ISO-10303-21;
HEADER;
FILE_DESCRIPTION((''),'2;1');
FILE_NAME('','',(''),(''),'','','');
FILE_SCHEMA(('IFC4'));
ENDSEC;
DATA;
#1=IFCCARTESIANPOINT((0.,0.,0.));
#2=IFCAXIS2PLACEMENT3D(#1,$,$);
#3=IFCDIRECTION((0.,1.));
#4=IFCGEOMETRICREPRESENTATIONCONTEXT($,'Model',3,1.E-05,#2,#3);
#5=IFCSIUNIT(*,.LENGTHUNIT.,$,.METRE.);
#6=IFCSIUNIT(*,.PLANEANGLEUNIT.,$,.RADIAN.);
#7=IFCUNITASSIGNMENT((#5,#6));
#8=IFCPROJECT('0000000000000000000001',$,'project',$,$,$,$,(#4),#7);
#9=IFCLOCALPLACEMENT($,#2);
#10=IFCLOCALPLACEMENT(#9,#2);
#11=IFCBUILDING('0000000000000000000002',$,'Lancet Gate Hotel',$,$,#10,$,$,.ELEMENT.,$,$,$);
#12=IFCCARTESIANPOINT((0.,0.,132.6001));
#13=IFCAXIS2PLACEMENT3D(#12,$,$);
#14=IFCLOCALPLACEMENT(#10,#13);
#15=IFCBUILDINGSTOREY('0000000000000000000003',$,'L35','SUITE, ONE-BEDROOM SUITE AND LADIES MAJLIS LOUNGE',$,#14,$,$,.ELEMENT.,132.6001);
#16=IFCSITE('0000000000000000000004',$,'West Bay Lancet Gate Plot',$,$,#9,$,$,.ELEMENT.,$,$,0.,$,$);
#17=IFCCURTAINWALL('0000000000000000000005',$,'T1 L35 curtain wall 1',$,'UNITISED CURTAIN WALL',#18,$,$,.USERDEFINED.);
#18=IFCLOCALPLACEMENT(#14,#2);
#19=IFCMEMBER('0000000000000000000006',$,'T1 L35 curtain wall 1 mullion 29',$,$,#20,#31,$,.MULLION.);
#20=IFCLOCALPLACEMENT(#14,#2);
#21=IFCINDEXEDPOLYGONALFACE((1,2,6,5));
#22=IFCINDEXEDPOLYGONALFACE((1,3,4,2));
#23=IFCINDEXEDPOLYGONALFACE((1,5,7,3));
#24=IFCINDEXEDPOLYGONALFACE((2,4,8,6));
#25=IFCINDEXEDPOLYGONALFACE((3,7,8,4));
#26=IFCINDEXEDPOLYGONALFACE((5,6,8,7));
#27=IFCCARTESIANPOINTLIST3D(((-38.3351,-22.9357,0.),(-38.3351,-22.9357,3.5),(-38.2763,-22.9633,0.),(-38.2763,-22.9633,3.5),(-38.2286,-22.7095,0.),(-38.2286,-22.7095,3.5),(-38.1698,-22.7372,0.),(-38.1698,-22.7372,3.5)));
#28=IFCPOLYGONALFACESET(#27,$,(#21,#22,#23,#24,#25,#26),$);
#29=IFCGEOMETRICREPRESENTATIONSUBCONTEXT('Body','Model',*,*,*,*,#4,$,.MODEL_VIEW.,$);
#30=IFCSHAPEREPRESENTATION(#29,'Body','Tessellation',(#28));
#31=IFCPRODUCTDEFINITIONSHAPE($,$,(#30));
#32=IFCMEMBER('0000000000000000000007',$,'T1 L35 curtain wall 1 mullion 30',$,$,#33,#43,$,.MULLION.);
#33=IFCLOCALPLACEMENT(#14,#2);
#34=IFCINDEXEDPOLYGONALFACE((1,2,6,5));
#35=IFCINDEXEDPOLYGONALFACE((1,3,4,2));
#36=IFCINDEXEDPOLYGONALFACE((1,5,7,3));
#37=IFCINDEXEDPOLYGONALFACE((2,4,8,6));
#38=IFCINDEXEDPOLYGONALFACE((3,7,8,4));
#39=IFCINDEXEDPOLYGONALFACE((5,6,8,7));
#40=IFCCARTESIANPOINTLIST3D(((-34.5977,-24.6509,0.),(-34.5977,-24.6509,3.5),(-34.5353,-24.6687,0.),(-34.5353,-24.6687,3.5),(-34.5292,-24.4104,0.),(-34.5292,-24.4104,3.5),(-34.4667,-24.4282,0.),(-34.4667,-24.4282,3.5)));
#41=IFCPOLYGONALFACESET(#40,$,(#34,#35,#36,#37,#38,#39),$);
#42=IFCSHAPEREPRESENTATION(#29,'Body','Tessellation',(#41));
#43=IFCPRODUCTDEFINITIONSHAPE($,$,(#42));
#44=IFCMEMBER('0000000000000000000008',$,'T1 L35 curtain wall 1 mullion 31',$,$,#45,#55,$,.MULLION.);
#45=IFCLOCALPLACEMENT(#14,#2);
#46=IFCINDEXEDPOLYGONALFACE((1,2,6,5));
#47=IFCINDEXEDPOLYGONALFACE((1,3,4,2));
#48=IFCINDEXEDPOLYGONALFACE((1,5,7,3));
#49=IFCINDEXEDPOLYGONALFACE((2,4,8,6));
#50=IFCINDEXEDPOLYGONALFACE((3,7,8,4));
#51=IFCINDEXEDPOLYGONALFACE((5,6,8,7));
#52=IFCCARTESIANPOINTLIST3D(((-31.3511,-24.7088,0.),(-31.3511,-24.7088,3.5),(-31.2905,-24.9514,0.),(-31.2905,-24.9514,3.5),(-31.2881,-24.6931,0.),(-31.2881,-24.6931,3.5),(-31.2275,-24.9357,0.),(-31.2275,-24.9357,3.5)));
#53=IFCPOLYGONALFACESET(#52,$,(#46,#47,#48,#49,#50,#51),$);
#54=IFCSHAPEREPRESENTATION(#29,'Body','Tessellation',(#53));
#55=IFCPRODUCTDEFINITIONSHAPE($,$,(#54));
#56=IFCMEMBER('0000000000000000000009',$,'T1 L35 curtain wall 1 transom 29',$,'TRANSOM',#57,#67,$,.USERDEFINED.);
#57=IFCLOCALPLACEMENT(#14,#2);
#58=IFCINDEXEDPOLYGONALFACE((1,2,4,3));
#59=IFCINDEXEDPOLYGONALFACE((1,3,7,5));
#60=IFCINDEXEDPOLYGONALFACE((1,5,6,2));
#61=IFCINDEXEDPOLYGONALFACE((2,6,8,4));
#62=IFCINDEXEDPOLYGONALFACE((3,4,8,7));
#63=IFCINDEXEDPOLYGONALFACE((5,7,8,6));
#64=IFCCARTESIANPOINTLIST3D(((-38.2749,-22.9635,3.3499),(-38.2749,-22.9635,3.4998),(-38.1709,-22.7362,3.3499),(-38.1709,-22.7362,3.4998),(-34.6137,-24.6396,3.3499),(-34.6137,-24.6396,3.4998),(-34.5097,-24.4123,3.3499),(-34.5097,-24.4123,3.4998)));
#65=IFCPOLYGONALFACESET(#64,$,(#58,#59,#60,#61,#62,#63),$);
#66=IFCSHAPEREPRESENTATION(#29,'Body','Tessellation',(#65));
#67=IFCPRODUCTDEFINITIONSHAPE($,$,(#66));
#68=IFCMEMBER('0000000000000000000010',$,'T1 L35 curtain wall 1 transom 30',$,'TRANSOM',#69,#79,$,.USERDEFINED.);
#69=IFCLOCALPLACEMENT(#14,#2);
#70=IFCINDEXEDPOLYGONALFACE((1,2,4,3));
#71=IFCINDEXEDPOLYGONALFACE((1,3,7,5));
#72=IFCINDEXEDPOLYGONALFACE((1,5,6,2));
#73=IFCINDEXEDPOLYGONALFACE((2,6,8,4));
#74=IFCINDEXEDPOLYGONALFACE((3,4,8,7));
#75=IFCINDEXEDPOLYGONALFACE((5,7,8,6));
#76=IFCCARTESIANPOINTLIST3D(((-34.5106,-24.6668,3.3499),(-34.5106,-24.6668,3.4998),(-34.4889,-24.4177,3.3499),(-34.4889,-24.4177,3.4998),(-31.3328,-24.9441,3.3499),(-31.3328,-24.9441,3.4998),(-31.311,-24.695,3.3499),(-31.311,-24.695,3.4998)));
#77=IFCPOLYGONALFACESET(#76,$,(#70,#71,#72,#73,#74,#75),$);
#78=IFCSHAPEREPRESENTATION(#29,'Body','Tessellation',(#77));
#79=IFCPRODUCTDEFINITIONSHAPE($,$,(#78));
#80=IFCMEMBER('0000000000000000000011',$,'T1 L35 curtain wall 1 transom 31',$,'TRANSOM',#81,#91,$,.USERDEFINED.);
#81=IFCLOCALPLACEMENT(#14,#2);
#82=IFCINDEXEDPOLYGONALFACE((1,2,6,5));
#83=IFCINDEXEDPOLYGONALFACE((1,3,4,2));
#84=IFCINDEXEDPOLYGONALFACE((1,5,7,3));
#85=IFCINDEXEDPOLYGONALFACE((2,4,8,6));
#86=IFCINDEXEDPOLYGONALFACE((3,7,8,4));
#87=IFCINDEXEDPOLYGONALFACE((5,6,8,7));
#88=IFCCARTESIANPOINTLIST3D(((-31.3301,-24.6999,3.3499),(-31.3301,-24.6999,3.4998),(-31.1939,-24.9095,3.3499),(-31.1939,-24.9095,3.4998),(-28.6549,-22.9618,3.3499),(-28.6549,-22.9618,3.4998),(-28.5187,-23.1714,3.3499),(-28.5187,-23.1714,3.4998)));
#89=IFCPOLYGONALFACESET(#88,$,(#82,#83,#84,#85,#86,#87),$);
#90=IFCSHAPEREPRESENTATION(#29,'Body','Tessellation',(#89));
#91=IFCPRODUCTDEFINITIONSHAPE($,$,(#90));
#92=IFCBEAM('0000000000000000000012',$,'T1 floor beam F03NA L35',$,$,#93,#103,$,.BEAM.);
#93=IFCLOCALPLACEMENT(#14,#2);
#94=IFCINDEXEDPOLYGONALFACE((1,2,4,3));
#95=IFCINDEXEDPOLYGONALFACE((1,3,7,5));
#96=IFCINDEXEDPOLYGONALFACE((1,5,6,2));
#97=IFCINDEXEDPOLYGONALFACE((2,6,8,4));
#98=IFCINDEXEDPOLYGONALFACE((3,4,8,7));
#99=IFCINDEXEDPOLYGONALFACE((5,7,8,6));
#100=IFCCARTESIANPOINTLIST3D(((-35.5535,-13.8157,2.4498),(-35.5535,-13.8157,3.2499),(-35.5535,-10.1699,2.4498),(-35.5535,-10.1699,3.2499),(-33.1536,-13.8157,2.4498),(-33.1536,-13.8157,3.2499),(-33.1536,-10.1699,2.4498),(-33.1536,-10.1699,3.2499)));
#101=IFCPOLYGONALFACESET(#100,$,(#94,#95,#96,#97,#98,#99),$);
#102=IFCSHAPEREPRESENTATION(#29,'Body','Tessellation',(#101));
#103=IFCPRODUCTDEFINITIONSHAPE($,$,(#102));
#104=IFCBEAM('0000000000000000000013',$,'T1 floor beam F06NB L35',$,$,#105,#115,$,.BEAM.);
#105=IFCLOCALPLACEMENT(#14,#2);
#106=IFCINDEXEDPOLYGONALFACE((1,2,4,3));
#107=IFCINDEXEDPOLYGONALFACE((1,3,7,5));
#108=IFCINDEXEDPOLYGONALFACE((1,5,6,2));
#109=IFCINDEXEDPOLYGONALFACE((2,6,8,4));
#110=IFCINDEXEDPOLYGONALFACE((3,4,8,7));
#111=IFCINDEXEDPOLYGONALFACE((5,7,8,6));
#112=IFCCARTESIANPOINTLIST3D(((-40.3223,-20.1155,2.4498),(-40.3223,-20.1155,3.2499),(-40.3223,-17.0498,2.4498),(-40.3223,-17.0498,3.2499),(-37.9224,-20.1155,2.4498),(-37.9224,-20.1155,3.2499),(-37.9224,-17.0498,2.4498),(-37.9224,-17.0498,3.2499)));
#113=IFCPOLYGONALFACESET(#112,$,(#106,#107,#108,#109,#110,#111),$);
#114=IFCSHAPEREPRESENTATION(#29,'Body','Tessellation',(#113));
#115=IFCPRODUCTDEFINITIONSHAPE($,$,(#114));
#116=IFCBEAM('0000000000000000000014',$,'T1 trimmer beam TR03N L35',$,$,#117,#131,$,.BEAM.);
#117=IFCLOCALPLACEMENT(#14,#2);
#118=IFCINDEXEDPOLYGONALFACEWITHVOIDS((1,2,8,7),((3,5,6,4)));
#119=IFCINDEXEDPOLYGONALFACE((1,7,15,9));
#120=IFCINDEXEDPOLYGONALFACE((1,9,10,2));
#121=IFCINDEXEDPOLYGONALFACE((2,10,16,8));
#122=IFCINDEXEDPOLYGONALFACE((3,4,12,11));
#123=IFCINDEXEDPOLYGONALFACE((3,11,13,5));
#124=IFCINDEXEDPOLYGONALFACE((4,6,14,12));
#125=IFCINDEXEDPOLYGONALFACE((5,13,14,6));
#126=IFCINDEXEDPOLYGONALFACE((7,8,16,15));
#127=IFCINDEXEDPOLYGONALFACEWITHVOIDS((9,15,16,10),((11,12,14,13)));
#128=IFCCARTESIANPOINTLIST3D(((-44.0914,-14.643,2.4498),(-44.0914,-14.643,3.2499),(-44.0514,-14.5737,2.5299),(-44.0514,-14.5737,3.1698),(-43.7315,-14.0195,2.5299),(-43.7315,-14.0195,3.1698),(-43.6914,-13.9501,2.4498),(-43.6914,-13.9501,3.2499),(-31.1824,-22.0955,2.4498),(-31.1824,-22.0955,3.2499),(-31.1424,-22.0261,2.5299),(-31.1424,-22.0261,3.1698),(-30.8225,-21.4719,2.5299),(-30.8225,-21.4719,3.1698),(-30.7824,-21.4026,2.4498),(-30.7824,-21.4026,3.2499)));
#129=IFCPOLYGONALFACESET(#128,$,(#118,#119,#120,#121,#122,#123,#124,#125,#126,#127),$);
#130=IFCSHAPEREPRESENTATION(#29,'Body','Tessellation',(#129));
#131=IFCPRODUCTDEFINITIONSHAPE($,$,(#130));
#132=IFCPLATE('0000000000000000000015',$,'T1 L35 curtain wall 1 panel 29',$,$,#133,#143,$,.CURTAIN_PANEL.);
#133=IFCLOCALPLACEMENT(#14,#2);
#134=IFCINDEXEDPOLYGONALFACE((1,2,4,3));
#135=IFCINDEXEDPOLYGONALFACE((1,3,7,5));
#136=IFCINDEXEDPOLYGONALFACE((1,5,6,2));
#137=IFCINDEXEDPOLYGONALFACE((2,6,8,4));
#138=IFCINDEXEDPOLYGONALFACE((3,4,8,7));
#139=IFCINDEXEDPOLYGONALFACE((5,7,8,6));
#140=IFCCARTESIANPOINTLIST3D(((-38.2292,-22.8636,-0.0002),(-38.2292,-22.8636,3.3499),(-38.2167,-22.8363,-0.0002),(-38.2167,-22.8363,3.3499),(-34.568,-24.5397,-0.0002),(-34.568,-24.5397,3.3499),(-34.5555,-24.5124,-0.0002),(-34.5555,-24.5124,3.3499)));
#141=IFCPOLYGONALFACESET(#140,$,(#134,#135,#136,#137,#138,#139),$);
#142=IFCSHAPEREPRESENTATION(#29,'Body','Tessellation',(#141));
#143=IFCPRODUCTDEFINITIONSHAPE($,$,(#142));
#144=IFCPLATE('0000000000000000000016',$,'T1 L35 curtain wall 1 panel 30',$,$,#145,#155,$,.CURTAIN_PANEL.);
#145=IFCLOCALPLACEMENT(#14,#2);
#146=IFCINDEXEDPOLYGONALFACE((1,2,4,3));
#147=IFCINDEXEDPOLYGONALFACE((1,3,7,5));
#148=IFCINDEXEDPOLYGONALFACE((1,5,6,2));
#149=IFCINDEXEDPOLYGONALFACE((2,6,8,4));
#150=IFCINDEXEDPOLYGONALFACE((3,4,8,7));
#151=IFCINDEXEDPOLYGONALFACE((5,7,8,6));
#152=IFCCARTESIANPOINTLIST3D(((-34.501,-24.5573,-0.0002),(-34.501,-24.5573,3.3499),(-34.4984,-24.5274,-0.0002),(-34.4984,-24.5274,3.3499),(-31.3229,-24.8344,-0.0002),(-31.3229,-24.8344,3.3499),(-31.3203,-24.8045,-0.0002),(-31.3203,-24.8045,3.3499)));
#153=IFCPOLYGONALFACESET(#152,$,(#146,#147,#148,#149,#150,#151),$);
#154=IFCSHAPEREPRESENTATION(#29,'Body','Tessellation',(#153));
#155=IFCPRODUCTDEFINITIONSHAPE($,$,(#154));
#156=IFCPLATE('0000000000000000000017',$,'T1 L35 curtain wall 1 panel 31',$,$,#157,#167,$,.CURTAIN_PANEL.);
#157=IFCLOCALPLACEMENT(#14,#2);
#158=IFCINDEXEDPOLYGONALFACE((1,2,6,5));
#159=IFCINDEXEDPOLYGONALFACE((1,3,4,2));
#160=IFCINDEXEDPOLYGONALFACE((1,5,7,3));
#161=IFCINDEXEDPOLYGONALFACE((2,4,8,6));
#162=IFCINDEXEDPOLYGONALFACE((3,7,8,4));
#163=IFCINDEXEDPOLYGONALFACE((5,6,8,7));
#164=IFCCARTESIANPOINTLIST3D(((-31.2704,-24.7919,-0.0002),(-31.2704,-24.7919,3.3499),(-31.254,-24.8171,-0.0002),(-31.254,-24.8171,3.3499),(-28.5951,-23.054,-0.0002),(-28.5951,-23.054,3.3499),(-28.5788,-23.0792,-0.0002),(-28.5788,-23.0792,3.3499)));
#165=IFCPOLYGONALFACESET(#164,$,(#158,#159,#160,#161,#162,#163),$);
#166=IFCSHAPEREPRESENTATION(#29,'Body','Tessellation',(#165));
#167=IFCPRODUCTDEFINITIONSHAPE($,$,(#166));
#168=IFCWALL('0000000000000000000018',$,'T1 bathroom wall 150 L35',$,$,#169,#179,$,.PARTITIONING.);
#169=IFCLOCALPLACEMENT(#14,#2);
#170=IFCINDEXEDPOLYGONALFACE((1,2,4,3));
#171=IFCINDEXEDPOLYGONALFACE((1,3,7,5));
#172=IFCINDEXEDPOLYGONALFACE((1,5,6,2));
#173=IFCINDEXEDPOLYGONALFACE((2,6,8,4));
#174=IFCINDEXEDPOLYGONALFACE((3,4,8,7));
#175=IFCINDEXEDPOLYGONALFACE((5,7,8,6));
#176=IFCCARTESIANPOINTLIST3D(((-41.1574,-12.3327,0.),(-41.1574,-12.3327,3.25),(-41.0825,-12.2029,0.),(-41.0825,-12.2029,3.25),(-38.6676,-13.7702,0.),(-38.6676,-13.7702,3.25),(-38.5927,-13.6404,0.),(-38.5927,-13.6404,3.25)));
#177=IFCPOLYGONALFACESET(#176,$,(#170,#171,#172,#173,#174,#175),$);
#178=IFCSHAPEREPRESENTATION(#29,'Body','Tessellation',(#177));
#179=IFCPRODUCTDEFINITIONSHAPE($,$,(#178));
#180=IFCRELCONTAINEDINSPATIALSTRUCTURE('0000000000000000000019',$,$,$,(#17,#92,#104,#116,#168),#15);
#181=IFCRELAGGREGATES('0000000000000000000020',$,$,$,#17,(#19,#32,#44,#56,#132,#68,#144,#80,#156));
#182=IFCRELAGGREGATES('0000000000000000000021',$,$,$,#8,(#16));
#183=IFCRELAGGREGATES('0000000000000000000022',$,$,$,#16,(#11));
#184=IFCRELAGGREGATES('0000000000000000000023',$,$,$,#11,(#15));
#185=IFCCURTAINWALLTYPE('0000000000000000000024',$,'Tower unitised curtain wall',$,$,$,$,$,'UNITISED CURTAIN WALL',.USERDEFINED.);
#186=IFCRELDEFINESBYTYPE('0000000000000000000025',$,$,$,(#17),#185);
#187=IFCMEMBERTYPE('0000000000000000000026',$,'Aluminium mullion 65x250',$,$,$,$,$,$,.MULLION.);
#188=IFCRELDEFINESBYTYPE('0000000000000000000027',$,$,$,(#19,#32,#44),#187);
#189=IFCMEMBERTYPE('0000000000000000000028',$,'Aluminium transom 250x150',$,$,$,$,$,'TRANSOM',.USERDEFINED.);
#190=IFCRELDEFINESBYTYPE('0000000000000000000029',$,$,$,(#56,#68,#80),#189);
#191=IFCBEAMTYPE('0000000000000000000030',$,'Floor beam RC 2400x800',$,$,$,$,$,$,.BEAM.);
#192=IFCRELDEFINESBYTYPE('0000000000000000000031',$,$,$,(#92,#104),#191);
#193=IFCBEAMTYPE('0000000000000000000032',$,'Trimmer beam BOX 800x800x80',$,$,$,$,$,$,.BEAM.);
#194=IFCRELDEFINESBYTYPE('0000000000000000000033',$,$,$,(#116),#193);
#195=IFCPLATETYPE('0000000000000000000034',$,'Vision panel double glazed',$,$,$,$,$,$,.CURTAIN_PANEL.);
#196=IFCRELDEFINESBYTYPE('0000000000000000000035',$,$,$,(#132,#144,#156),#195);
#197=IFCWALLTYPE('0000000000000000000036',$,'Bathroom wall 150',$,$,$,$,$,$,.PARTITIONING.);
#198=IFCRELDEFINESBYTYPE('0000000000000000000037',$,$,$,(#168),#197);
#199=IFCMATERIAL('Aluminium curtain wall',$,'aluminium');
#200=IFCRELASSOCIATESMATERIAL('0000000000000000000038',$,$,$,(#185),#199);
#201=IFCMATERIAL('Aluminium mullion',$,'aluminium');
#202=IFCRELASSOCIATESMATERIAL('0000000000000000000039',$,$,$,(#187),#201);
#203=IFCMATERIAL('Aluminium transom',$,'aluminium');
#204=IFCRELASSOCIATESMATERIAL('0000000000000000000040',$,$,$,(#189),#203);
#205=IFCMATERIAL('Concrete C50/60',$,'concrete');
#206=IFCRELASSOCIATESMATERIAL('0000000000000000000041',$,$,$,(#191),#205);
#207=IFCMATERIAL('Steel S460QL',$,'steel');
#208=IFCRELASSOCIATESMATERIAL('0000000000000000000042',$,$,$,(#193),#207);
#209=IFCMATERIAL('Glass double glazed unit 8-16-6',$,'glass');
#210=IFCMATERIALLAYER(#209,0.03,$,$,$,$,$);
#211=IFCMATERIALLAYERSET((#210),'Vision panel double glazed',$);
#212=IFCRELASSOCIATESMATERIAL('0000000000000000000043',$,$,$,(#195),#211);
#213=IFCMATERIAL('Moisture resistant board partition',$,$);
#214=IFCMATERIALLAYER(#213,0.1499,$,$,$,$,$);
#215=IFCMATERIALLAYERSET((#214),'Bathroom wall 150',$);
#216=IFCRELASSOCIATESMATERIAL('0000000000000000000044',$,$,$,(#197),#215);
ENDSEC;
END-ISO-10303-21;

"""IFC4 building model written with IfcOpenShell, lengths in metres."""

from ifc_helpers import new_model, si_unit, direction, frame, frame_2d, origin, origin_2d, place, context, subcontext, project, spatial, rectangle, hollow_rectangle, extrude, material, layer, layer_set, material_profile, profile_set, type_object, element, aggregate, save


model = new_model("IFC4")

# Units and contexts
model_context = context("Model", 3, precision=1e-05, world=origin(), true_north=direction((0.0, 1.0)))
body_context = subcontext(model_context, "Body", "Model", "MODEL_VIEW")
ifc_project = project(units=[si_unit("LENGTHUNIT", "METRE"), si_unit("PLANEANGLEUNIT", "RADIAN")], contexts=[model_context])

# Site, building, storey
site_placement = place(None, origin())
site = spatial("IfcSite", under=ifc_project, at=site_placement, Name="West Bay Lancet Gate Plot", CompositionType="ELEMENT", RefElevation=0.0)
building_placement = place(site_placement, origin())
building = spatial("IfcBuilding", under=site, at=building_placement, Name="Lancet Gate Hotel", CompositionType="ELEMENT")
storey_placement = place(building_placement, frame((0.0, 0.0, 132.6001)))
storey = spatial("IfcBuildingStorey", under=building, at=storey_placement, Name="L35", Description="SUITE, ONE-BEDROOM SUITE AND LADIES MAJLIS LOUNGE", CompositionType="ELEMENT", Elevation=132.6001)

# Curtain wall, members
ifc_material_1 = material(Name="Aluminium curtain wall", Category="aluminium")
curtain_wall_type = type_object("IfcCurtainWallType", Name="Tower unitised curtain wall", ElementType="UNITISED CURTAIN WALL", PredefinedType="USERDEFINED", material=ifc_material_1)
curtain_wall_placement = place(storey_placement, origin())
curtain_wall = element("IfcCurtainWall", 1, at=curtain_wall_placement, inside=storey, type_object=curtain_wall_type, Name="T1 L35 curtain wall 1", ObjectType="UNITISED CURTAIN WALL", PredefinedType="USERDEFINED")
ifc_material_2 = material(Name="Aluminium mullion", Category="aluminium")
ifc_material_profile_1 = material_profile(ifc_material_2, rectangle(XDim=0.0649, YDim=0.25, at=origin_2d()), Name="MULLION 65x250")
ifc_profile_set_1 = profile_set([ifc_material_profile_1], Name="Aluminium mullion")
member_type_1 = type_object("IfcMemberType", Name="Aluminium mullion 65x250", PredefinedType="MULLION", material=ifc_profile_set_1)
member_1_placement = place(storey_placement, frame((-38.2524, -22.8364, 0.0), z_axis=(0.0, 0.0, 1.0), x_axis=(0.90472, -0.426008, 0.0)))
member_1 = element("IfcMember", 2, at=member_1_placement, type_object=member_type_1, Name="T1 L35 curtain wall 1 mullion 29", PredefinedType="MULLION", context=body_context, shape_type="SweptSolid", body=[
    extrude(rectangle(XDim=0.0649, YDim=0.25, at=origin_2d()), origin(), (0.0, 0.0, 1.0), 3.5),
])
member_2_placement = place(storey_placement, frame((-34.5322, -24.5396, 0.0), z_axis=(0.0, 0.0, 1.0), x_axis=(0.961653, -0.274268, 0.0)))
member_2 = element("IfcMember", 3, at=member_2_placement, type_object=member_type_1, Name="T1 L35 curtain wall 1 mullion 30", PredefinedType="MULLION", context=body_context, shape_type="SweptSolid", body=[
    extrude(rectangle(XDim=0.0649, YDim=0.25, at=origin_2d()), origin(), (0.0, 0.0, 1.0), 3.5),
])
member_3_placement = place(storey_placement, frame((-31.2893, -24.8223, 0.0), z_axis=(0.0, 0.0, 1.0), x_axis=(0.970242, 0.242137, 0.0)))
member_3 = element("IfcMember", 4, at=member_3_placement, type_object=member_type_1, Name="T1 L35 curtain wall 1 mullion 31", PredefinedType="MULLION", context=body_context, shape_type="SweptSolid", body=[
    extrude(rectangle(XDim=0.0649, YDim=0.25, at=origin_2d()), origin(), (0.0, 0.0, 1.0), 3.5),
])
ifc_material_3 = material(Name="Aluminium transom", Category="aluminium")
ifc_material_profile_2 = material_profile(ifc_material_3, rectangle(XDim=0.25, YDim=0.1499, at=origin_2d()), Name="TRANSOM 250x150")
ifc_profile_set_2 = profile_set([ifc_material_profile_2], Name="Aluminium transom")
member_type_2 = type_object("IfcMemberType", Name="Aluminium transom 250x150", ElementType="TRANSOM", PredefinedType="USERDEFINED", material=ifc_profile_set_2)
member_4_placement = place(storey_placement, frame((-38.2229, -22.8499, 3.4248), z_axis=(0.909252, -0.416245, 0.0), x_axis=(0.416245, 0.909252, 0.0)))
member_4 = element("IfcMember", 5, at=member_4_placement, type_object=member_type_2, Name="T1 L35 curtain wall 1 transom 29", ObjectType="TRANSOM", PredefinedType="USERDEFINED", context=body_context, shape_type="SweptSolid", body=[
    extrude(rectangle(XDim=0.25, YDim=0.1499, at=origin_2d()), origin(), (0.0, 0.0, 1.0), 4.0266),
])
member_5_placement = place(storey_placement, frame((-34.4998, -24.5422, 3.4248), z_axis=(0.996214, -0.08694, 0.0), x_axis=(0.08694, 0.996214, 0.0)))
member_5 = element("IfcMember", 6, at=member_5_placement, type_object=member_type_2, Name="T1 L35 curtain wall 1 transom 30", ObjectType="TRANSOM", PredefinedType="USERDEFINED", context=body_context, shape_type="SweptSolid", body=[
    extrude(rectangle(XDim=0.25, YDim=0.1499, at=origin_2d()), origin(), (0.0, 0.0, 1.0), 3.1899),
])
member_6_placement = place(storey_placement, frame((-31.262, -24.8047, 3.4248), z_axis=(0.83855, 0.544824, 0.0), x_axis=(-0.544824, 0.83855, 0.0)))
member_6 = element("IfcMember", 7, at=member_6_placement, type_object=member_type_2, Name="T1 L35 curtain wall 1 transom 31", ObjectType="TRANSOM", PredefinedType="USERDEFINED", context=body_context, shape_type="SweptSolid", body=[
    extrude(rectangle(XDim=0.25, YDim=0.1499, at=origin_2d()), origin(), (0.0, 0.0, 1.0), 3.1902),
])

# Beams
ifc_material_4 = material(Name="Concrete C50/60", Category="concrete")
ifc_material_profile_3 = material_profile(ifc_material_4, rectangle(XDim=2.3999, YDim=0.8, at=origin_2d()), Name="RC 2400x800")
ifc_profile_set_3 = profile_set([ifc_material_profile_3], Name="Concrete C50/60")
beam_type_1 = type_object("IfcBeamType", Name="Floor beam RC 2400x800", PredefinedType="BEAM", material=ifc_profile_set_3)
beam_1_placement = place(storey_placement, frame((-34.3535, -10.1699, 2.8499), z_axis=(0.0, -1.0, 0.0), x_axis=(1.0, 0.0, 0.0)))
element("IfcBeam", 8, at=beam_1_placement, inside=storey, type_object=beam_type_1, Name="T1 floor beam F03NA L35", PredefinedType="BEAM", context=body_context, shape_type="SweptSolid", body=[
    extrude(rectangle(XDim=2.3999, YDim=0.8, at=origin_2d()), origin(), (0.0, 0.0, 1.0), 3.6458),
])
beam_2_placement = place(storey_placement, frame((-39.1223, -17.0498, 2.8499), z_axis=(0.0, -1.0, 0.0), x_axis=(1.0, 0.0, 0.0)))
element("IfcBeam", 9, at=beam_2_placement, inside=storey, type_object=beam_type_1, Name="T1 floor beam F06NB L35", PredefinedType="BEAM", context=body_context, shape_type="SweptSolid", body=[
    extrude(rectangle(XDim=2.3999, YDim=0.8, at=origin_2d()), origin(), (0.0, 0.0, 1.0), 3.0657),
])
ifc_material_5 = material(Name="Steel S460QL", Category="steel")
ifc_material_profile_4 = material_profile(ifc_material_5, hollow_rectangle(XDim=0.8, YDim=0.8, WallThickness=0.0801, at=origin_2d()), Name="BOX 800x800x80")
ifc_profile_set_4 = profile_set([ifc_material_profile_4], Name="Steel S460QL")
beam_type_2 = type_object("IfcBeamType", Name="Trimmer beam BOX 800x800x80", PredefinedType="BEAM", material=ifc_profile_set_4)
beam_3_placement = place(storey_placement, frame((-30.9824, -21.749, 2.8499), z_axis=(-0.866042, 0.499971, 0.0), x_axis=(-0.499971, -0.866042, 0.0)))
element("IfcBeam", 10, at=beam_3_placement, inside=storey, type_object=beam_type_2, Name="T1 trimmer beam TR03N L35", PredefinedType="BEAM", context=body_context, shape_type="SweptSolid", body=[
    extrude(hollow_rectangle(XDim=0.8, YDim=0.8, WallThickness=0.0801, at=origin_2d()), origin(), (0.0, 0.0, 1.0), 14.9058),
])

# Plates
ifc_material_6 = material(Name="Glass double glazed unit 8-16-6", Category="glass")
ifc_layer_1 = layer(ifc_material_6, 0.03)
ifc_layer_set_1 = layer_set([ifc_layer_1], Name="Vision panel double glazed")
plate_type = type_object("IfcPlateType", Name="Vision panel double glazed", PredefinedType="CURTAIN_PANEL", material=ifc_layer_set_1)
plate_1_placement = place(storey_placement, frame((-36.3923, -23.688, -0.0002), z_axis=(0.0, 0.0, 1.0), x_axis=(0.909253, -0.416245, 0.0)))
plate_1 = element("IfcPlate", 11, at=plate_1_placement, type_object=plate_type, Name="T1 L35 curtain wall 1 panel 29", PredefinedType="CURTAIN_PANEL", context=body_context, shape_type="SweptSolid", body=[
    extrude(rectangle(XDim=4.0266, YDim=0.03, at=origin_2d()), origin(), (0.0, 0.0, 1.0), 3.3501),
])
plate_2_placement = place(storey_placement, frame((-32.9106, -24.6809, -0.0002), z_axis=(0.0, 0.0, 1.0), x_axis=(0.996219, -0.08688, 0.0)))
plate_2 = element("IfcPlate", 12, at=plate_2_placement, type_object=plate_type, Name="T1 L35 curtain wall 1 panel 30", PredefinedType="CURTAIN_PANEL", context=body_context, shape_type="SweptSolid", body=[
    extrude(rectangle(XDim=3.1902, YDim=0.03, at=origin_2d()), origin(), (0.0, 0.0, 1.0), 3.3501),
])
plate_3_placement = place(storey_placement, frame((-29.9246, -23.9355, -0.0002), z_axis=(0.0, 0.0, 1.0), x_axis=(0.83858, 0.544778, 0.0)))
plate_3 = element("IfcPlate", 13, at=plate_3_placement, type_object=plate_type, Name="T1 L35 curtain wall 1 panel 31", PredefinedType="CURTAIN_PANEL", context=body_context, shape_type="SweptSolid", body=[
    extrude(rectangle(XDim=3.1902, YDim=0.03, at=origin_2d()), origin(), (0.0, 0.0, 1.0), 3.3501),
])
aggregate(curtain_wall, [member_1, member_2, member_3, member_4, plate_1, member_5, plate_2, member_6, plate_3])

# Wall
ifc_material_7 = material(Name="Moisture resistant board partition")
ifc_layer_2 = layer(ifc_material_7, 0.1499)
ifc_layer_set_2 = layer_set([ifc_layer_2], Name="Bathroom wall 150")
wall_type_1 = type_object("IfcWallType", Name="Bathroom wall 150", PredefinedType="PARTITIONING", material=ifc_layer_set_2)
wall_1_placement = place(storey_placement, frame((-38.6301, -13.7053, 0.0), z_axis=(0.0, 0.0, 1.0), x_axis=(-0.866019, 0.500012, 0.0)))
element("IfcWall", 14, at=wall_1_placement, inside=storey, type_object=wall_type_1, Name="T1 bathroom wall 150 L35", PredefinedType="PARTITIONING", context=body_context, shape_type="SweptSolid", body=[
    extrude(rectangle(XDim=2.875, YDim=0.1499, at=frame_2d((1.4375, 0.0))), origin(), (0.0, 0.0, 1.0), 3.25),
])

save(model, "model.ifc")
